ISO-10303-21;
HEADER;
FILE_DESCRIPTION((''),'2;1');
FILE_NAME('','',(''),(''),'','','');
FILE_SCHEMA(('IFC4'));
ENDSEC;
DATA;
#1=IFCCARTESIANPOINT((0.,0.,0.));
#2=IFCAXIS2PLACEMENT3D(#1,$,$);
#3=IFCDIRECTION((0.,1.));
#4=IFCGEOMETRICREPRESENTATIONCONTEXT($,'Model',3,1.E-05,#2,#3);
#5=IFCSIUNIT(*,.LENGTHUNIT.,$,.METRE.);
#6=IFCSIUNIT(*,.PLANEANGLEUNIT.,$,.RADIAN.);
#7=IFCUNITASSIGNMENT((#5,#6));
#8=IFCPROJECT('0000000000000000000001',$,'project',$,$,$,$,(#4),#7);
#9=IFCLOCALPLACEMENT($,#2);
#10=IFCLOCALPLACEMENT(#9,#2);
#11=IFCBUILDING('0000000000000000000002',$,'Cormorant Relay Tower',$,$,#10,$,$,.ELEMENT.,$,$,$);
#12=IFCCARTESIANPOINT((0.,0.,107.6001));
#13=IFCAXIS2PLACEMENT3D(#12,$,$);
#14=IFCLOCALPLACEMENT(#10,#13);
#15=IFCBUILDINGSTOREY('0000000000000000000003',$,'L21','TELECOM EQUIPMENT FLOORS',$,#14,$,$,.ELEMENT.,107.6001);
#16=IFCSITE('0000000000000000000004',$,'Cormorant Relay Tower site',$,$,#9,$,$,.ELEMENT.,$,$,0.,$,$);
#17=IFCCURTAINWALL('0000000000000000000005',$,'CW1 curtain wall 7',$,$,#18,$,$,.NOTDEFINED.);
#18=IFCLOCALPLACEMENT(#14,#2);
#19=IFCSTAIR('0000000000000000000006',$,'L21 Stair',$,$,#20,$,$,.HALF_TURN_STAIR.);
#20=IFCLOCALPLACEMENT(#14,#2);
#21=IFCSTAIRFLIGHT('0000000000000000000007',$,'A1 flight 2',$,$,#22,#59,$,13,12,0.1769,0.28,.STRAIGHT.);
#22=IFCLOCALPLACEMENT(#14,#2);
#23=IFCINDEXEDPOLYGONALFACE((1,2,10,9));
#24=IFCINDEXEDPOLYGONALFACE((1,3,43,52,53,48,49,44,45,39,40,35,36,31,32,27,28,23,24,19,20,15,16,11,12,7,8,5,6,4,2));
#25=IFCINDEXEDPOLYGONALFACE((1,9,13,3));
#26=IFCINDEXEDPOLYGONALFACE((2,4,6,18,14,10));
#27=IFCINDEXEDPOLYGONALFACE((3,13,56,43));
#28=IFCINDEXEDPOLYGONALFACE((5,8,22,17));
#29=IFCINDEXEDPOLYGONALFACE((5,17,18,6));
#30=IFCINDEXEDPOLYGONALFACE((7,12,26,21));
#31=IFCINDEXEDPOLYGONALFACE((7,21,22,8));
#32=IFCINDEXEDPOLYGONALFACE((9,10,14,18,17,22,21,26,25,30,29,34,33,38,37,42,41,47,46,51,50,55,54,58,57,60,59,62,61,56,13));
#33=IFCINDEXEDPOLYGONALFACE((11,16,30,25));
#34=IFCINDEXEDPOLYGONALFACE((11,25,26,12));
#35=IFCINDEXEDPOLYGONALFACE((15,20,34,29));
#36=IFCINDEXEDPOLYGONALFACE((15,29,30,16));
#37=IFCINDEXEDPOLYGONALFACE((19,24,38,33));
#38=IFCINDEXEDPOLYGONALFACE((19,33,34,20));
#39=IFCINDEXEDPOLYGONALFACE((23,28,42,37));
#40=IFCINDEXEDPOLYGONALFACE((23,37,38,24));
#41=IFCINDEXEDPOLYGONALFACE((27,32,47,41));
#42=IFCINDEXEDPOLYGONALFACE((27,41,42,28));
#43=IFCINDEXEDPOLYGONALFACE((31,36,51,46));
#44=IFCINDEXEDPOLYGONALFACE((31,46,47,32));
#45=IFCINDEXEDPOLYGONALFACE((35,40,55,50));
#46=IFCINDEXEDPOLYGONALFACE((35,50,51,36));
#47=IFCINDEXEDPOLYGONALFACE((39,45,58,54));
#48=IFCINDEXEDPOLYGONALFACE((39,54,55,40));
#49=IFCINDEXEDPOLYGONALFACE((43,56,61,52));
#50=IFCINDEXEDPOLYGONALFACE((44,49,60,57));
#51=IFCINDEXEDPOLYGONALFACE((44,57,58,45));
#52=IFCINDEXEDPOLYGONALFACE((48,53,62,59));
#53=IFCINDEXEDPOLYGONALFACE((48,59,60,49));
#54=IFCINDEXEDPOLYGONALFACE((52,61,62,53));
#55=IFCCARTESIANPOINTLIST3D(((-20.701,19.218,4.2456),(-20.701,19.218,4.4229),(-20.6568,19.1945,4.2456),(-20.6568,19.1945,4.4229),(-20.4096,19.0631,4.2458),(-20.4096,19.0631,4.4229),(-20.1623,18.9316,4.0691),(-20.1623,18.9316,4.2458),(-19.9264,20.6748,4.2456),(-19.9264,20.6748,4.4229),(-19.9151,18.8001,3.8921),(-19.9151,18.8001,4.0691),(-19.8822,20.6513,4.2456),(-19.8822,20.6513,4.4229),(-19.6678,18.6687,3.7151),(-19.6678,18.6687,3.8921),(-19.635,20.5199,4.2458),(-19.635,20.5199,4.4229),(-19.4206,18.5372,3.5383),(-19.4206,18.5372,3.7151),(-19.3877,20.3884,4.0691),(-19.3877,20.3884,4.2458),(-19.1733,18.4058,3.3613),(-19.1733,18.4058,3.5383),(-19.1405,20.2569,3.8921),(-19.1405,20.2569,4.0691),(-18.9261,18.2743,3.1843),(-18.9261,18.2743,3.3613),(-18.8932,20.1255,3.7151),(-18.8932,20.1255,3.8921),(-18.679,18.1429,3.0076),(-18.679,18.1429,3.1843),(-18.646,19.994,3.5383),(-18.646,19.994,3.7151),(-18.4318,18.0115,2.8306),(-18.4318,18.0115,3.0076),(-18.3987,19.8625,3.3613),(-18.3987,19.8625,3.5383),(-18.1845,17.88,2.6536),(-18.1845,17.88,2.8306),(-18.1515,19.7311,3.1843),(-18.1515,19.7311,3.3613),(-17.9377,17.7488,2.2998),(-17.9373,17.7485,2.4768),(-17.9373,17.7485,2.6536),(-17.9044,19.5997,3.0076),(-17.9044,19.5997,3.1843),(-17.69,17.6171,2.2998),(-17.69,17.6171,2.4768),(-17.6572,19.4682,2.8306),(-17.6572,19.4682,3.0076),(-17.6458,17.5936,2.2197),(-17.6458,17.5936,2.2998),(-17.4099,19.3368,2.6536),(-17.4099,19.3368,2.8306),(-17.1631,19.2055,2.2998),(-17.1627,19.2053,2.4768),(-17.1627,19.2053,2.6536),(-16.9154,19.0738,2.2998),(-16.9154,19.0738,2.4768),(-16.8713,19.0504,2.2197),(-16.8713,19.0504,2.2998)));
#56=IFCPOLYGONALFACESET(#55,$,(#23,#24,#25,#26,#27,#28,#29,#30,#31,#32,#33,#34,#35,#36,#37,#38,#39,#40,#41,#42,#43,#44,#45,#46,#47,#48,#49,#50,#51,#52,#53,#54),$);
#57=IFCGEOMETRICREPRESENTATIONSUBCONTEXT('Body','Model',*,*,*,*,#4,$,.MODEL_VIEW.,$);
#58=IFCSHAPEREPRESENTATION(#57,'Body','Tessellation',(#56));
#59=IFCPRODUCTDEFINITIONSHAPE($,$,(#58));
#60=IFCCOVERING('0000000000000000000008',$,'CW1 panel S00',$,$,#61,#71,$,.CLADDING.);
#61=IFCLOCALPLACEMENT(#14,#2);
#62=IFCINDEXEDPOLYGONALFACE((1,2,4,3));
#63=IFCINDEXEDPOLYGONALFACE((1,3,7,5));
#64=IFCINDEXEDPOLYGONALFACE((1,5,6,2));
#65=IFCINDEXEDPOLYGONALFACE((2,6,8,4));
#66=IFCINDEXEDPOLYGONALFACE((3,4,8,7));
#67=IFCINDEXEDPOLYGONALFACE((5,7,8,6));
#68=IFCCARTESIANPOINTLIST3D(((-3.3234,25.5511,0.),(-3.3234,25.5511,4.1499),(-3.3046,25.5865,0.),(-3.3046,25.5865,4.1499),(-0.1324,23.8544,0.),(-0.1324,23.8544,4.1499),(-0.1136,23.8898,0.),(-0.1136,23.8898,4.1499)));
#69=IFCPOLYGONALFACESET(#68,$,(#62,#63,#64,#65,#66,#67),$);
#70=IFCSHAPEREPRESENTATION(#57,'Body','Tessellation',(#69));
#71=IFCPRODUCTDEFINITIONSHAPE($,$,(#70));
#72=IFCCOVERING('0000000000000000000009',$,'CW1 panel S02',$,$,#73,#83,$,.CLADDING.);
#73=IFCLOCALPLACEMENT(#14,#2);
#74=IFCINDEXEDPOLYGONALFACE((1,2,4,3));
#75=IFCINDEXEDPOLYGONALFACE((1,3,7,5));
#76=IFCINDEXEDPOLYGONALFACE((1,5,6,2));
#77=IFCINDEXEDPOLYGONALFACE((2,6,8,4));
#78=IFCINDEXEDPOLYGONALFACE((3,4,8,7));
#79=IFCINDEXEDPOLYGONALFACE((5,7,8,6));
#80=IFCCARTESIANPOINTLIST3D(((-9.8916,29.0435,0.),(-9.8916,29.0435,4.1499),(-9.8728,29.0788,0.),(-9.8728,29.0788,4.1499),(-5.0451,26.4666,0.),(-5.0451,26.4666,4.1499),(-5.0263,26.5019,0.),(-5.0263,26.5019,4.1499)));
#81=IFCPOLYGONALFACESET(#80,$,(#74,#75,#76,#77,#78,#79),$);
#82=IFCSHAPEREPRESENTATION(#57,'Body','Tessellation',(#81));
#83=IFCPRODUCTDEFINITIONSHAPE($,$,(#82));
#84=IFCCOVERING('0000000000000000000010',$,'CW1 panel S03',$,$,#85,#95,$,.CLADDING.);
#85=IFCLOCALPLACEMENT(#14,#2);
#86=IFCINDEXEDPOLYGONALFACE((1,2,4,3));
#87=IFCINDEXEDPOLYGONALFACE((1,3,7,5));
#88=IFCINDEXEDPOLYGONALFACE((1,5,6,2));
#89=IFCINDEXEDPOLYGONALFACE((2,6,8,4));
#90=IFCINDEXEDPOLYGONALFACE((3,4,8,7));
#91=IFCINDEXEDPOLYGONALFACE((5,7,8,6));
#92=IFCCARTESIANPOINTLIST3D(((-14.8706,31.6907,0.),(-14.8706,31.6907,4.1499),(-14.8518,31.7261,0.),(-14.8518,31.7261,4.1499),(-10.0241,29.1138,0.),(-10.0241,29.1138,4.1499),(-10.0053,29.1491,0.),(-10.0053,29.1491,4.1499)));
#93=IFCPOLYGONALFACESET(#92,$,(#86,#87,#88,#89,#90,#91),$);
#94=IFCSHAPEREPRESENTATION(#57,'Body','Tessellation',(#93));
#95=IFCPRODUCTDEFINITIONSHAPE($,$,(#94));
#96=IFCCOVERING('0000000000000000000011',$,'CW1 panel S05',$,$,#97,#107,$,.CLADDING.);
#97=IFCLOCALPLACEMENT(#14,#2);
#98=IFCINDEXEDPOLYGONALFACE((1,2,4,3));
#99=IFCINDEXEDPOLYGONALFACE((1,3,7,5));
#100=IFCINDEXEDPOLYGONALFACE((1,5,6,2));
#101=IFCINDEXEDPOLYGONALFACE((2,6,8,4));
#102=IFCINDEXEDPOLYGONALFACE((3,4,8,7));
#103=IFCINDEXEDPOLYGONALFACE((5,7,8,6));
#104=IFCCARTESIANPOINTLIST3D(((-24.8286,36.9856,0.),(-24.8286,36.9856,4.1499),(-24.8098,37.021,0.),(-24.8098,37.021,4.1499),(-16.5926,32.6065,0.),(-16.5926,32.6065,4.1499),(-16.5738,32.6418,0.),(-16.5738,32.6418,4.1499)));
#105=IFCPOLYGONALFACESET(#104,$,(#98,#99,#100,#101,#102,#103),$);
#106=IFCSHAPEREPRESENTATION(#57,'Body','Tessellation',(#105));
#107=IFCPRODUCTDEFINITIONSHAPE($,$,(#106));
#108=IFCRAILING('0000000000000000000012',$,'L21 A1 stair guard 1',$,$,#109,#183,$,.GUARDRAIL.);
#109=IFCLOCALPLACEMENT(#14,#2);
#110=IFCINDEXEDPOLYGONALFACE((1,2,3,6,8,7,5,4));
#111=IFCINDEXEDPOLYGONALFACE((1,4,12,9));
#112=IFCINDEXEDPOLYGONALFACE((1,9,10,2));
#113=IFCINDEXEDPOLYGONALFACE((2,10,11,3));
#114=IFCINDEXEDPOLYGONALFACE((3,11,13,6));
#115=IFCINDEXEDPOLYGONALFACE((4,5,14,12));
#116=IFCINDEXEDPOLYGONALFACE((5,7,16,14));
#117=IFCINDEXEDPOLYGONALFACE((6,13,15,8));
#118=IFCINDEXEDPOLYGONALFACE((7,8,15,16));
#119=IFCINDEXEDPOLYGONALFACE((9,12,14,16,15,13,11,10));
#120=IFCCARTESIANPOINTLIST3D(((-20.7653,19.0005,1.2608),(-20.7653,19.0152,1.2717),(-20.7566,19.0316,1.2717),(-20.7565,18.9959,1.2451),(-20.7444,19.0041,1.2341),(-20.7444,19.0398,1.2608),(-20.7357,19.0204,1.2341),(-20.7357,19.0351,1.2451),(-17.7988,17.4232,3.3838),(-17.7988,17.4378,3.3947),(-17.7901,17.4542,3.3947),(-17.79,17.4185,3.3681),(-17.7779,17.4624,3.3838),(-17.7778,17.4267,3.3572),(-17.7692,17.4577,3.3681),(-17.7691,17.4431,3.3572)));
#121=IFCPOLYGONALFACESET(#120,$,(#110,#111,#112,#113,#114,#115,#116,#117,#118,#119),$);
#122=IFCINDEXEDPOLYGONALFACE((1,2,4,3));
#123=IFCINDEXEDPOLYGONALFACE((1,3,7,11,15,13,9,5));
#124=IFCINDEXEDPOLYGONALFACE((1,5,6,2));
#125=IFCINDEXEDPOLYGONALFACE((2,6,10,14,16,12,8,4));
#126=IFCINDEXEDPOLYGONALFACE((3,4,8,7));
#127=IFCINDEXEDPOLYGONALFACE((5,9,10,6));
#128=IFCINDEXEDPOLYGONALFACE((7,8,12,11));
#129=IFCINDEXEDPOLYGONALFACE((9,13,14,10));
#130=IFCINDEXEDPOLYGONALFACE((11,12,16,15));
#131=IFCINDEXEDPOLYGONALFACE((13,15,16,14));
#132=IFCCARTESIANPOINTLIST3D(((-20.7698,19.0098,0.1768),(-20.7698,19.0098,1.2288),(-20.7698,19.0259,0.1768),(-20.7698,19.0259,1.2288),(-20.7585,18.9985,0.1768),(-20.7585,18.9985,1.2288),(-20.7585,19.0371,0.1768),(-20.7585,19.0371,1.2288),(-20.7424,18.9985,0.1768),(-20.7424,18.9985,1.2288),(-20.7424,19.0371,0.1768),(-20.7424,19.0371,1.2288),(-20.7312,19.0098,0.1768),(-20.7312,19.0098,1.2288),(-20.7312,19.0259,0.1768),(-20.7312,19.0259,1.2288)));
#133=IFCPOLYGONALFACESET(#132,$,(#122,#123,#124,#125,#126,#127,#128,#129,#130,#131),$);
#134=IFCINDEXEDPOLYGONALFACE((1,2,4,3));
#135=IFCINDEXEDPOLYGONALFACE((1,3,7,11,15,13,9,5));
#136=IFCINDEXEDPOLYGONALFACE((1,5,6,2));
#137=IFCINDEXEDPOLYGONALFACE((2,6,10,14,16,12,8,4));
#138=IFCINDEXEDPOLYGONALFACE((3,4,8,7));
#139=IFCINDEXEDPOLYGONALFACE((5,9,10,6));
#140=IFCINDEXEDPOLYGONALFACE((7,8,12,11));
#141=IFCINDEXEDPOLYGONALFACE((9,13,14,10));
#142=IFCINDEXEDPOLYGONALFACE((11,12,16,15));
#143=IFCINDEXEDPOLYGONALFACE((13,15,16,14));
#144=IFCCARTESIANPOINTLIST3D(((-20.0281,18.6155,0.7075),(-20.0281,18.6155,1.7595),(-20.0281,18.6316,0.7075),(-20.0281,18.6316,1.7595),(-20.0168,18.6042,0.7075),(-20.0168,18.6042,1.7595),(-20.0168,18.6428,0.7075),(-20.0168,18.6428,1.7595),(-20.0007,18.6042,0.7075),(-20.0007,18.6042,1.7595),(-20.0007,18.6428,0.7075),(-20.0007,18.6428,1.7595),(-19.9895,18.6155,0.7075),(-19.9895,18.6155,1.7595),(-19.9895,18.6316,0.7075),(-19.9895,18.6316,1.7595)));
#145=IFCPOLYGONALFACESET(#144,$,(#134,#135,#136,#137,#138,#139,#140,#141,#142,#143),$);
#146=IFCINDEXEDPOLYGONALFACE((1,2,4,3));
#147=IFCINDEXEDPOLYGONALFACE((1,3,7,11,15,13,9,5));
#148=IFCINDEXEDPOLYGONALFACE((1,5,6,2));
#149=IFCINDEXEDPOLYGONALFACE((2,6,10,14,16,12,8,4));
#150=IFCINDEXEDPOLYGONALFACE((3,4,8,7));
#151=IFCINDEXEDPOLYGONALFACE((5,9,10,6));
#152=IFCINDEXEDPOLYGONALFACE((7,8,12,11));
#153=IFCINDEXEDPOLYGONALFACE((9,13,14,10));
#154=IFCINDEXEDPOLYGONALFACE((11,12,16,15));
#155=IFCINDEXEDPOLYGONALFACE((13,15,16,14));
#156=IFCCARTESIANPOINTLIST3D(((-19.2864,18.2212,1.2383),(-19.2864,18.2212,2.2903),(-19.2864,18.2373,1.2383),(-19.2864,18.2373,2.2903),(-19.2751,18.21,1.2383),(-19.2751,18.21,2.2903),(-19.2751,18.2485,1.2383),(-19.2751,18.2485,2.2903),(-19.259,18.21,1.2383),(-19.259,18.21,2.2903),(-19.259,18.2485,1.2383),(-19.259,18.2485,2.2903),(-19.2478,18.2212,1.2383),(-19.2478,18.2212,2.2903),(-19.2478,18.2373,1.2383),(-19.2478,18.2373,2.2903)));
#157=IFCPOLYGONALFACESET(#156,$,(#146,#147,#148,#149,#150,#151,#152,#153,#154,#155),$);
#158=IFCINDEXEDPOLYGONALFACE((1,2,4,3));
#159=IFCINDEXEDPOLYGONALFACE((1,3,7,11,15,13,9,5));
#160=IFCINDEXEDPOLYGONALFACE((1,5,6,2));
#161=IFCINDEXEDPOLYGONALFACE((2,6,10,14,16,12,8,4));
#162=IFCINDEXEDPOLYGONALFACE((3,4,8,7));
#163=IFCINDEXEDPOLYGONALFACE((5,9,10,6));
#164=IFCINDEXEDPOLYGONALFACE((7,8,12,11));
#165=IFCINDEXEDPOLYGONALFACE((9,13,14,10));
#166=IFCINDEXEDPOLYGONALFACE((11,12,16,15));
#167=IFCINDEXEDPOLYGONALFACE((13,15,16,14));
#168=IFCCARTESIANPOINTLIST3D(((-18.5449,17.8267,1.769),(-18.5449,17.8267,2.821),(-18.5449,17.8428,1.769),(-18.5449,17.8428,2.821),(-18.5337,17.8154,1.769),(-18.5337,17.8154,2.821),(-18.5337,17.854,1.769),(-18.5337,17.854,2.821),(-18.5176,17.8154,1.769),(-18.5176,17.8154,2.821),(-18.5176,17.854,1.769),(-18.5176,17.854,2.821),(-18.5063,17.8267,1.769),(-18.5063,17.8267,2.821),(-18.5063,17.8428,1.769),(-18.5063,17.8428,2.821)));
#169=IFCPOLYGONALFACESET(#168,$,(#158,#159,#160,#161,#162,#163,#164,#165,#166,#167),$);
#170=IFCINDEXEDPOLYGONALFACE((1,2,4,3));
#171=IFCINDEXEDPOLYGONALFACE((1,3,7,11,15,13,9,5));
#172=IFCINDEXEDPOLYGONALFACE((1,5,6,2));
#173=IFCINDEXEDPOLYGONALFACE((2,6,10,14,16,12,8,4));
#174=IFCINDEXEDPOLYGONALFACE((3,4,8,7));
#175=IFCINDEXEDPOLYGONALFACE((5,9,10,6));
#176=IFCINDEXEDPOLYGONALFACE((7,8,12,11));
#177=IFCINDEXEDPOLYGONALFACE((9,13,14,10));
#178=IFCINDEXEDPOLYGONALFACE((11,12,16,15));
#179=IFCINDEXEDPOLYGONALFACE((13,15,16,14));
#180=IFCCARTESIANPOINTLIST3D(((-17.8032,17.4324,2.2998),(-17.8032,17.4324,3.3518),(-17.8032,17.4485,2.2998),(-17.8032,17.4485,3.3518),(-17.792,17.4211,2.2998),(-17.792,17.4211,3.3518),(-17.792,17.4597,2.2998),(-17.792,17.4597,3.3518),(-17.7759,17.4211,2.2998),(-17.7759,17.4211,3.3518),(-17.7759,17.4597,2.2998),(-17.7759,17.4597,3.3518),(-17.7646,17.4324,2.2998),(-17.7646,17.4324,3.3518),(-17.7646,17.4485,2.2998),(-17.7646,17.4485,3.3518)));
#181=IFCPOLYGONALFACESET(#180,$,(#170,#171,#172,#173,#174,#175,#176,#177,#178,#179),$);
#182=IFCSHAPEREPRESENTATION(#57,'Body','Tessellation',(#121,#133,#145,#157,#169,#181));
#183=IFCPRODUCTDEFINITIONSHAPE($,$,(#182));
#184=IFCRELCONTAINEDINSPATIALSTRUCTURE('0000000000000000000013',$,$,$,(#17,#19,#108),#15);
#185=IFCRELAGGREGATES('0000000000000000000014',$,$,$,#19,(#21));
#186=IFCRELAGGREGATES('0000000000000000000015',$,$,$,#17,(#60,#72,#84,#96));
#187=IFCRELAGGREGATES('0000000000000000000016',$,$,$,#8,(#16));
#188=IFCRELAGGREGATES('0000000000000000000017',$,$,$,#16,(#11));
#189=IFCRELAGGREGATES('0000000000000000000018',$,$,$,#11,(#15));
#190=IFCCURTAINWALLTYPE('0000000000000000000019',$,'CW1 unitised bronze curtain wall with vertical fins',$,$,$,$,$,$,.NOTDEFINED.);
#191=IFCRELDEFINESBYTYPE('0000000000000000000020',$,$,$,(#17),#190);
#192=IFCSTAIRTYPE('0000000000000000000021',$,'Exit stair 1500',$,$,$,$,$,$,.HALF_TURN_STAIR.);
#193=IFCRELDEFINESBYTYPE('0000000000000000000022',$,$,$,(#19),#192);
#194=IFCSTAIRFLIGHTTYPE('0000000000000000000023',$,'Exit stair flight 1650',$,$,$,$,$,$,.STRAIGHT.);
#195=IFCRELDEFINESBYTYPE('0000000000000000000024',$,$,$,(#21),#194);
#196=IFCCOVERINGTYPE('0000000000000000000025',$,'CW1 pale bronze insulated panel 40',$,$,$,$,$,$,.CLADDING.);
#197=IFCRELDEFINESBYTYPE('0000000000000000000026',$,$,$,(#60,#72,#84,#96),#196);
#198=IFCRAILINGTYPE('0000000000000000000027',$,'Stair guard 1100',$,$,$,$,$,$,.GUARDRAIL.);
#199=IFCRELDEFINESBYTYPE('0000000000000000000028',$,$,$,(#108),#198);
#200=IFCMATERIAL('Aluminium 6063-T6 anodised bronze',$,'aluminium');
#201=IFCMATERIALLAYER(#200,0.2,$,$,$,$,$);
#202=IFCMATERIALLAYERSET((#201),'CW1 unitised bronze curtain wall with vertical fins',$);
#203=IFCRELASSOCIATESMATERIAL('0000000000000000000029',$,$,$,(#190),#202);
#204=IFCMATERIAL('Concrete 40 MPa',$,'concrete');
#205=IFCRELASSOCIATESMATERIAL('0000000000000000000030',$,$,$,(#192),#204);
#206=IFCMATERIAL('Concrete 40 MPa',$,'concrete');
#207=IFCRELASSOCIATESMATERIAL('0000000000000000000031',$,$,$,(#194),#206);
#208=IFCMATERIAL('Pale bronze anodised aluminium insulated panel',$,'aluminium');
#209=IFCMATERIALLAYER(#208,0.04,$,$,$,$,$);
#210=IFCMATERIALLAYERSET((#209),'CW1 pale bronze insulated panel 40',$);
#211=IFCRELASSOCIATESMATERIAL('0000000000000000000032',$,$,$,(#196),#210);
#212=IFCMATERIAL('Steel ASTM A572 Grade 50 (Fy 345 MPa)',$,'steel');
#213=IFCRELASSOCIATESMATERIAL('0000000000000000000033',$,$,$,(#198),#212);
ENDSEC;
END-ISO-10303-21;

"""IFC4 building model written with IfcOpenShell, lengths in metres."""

from ifc_helpers import new_model, si_unit, direction, frame, origin, origin_2d, place, context, subcontext, project, spatial, polyline, rectangle, outline, extrude, material, layer, layer_set, type_object, element, aggregate, save


model = new_model("IFC4")

# Units and contexts
model_context = context("Model", 3, precision=1e-05, world=origin(), true_north=direction((0.0, 1.0)))
body_context = subcontext(model_context, "Body", "Model", "MODEL_VIEW")
ifc_project = project(units=[si_unit("LENGTHUNIT", "METRE"), si_unit("PLANEANGLEUNIT", "RADIAN")], contexts=[model_context])

# Site, building, storey
site_placement = place(None, origin())
site = spatial("IfcSite", under=ifc_project, at=site_placement, Name="Cormorant Relay Tower site", CompositionType="ELEMENT", RefElevation=0.0)
building_placement = place(site_placement, origin())
building = spatial("IfcBuilding", under=site, at=building_placement, Name="Cormorant Relay Tower", CompositionType="ELEMENT")
storey_placement = place(building_placement, frame((0.0, 0.0, 107.6001)))
storey = spatial("IfcBuildingStorey", under=building, at=storey_placement, Name="L21", Description="TELECOM EQUIPMENT FLOORS", CompositionType="ELEMENT", Elevation=107.6001)

# Curtain wall
ifc_material_1 = material(Name="Aluminium 6063-T6 anodised bronze", Category="aluminium")
ifc_layer_1 = layer(ifc_material_1, 0.2)
ifc_layer_set_1 = layer_set([ifc_layer_1], Name="CW1 unitised bronze curtain wall with vertical fins")
curtain_wall_type = type_object("IfcCurtainWallType", Name="CW1 unitised bronze curtain wall with vertical fins", PredefinedType="NOTDEFINED", material=ifc_layer_set_1)
curtain_wall_placement = place(storey_placement, origin())
curtain_wall = element("IfcCurtainWall", 1, at=curtain_wall_placement, inside=storey, type_object=curtain_wall_type, Name="CW1 curtain wall 7", PredefinedType="NOTDEFINED")

# Stair, stair flight
ifc_material_2 = material(Name="Concrete 40 MPa", Category="concrete")
stair_type = type_object("IfcStairType", Name="Exit stair 1500", PredefinedType="HALF_TURN_STAIR", material=ifc_material_2)
stair_placement = place(storey_placement, origin())
stair = element("IfcStair", 2, at=stair_placement, inside=storey, type_object=stair_type, Name="L21 Stair", PredefinedType="HALF_TURN_STAIR")
ifc_material_3 = material(Name="Concrete 40 MPa", Category="concrete")
stair_flight_type = type_object("IfcStairFlightType", Name="Exit stair flight 1650", PredefinedType="STRAIGHT", material=ifc_material_3)
stair_flight_placement = place(storey_placement, frame((-17.3027, 18.3455, 2.2998), z_axis=(0.0, 0.0, 1.0), x_axis=(-0.882948, 0.469472, 0.0)))
stair_flight = element("IfcStairFlight", 3, at=stair_flight_placement, type_object=stair_flight_type, Name="A1 flight 2", NumberOfRisers=13, NumberOfTreads=12, PredefinedType="STRAIGHT", RiserHeight=0.1769, TreadLength=0.28, context=body_context, shape_type="SweptSolid", body=[
    extrude(outline(polyline([(-0.05, -0.0801), (-0.05, 0.0), (0.0, 0.0), (0.0, 0.177), (0.28, 0.177), (0.28, 0.3538), (0.5601, 0.3538), (0.5601, 0.5308), (0.8401, 0.5308), (0.8401, 0.7078), (1.1201, 0.7078), (1.1201, 0.8845), (1.3999, 0.8845), (1.3999, 1.0615), (1.6799, 1.0615), (1.6799, 1.2385), (1.96, 1.2385), (1.96, 1.4153), (2.24, 1.4153), (2.24, 1.5923), (2.52, 1.5923), (2.52, 1.7693), (2.8, 1.7693), (2.8, 1.946), (3.0801, 1.946), (3.0801, 2.123), (3.3601, 2.123), (3.4102, 2.123), (3.4102, 1.9458), (3.3601, 1.9458), (0.2805, 0.0), (-0.05, -0.0801)])), frame((0.0, 0.825, 0.0), z_axis=(0.0, -1.0, 0.0), x_axis=(1.0, 0.0, 0.0)), (0.0, 0.0, 1.0), 1.6499),
])
aggregate(stair, [stair_flight])

# Coverings
ifc_material_4 = material(Name="Pale bronze anodised aluminium insulated panel", Category="aluminium")
ifc_layer_2 = layer(ifc_material_4, 0.04)
ifc_layer_set_2 = layer_set([ifc_layer_2], Name="CW1 pale bronze insulated panel 40")
covering_type = type_object("IfcCoveringType", Name="CW1 pale bronze insulated panel 40", PredefinedType="CLADDING", material=ifc_layer_set_2)
covering_1_placement = place(storey_placement, frame((-1.7185, 24.7205, 0.0), z_axis=(0.0, 0.0, 1.0), x_axis=(-0.882948, 0.469472, 0.0)))
covering_1 = element("IfcCovering", 4, at=covering_1_placement, type_object=covering_type, Name="CW1 panel S00", PredefinedType="CLADDING", context=body_context, shape_type="SweptSolid", body=[
    extrude(rectangle(XDim=3.614, YDim=0.04, at=origin_2d()), origin(), (0.0, 0.0, 1.0), 4.1499),
])
covering_2_placement = place(storey_placement, frame((-7.459, 27.7727, 0.0), z_axis=(0.0, 0.0, 1.0), x_axis=(-0.882948, 0.469472, 0.0)))
covering_2 = element("IfcCovering", 5, at=covering_2_placement, type_object=covering_type, Name="CW1 panel S02", PredefinedType="CLADDING", context=body_context, shape_type="SweptSolid", body=[
    extrude(rectangle(XDim=5.489, YDim=0.04, at=origin_2d()), origin(), (0.0, 0.0, 1.0), 4.1499),
])
covering_3_placement = place(storey_placement, frame((-12.438, 30.4199, 0.0), z_axis=(0.0, 0.0, 1.0), x_axis=(-0.882948, 0.469472, 0.0)))
covering_3 = element("IfcCovering", 6, at=covering_3_placement, type_object=covering_type, Name="CW1 panel S03", PredefinedType="CLADDING", context=body_context, shape_type="SweptSolid", body=[
    extrude(rectangle(XDim=5.489, YDim=0.04, at=origin_2d()), origin(), (0.0, 0.0, 1.0), 4.1499),
])
covering_4_placement = place(storey_placement, frame((-20.7012, 34.8137, 0.0), z_axis=(0.0, 0.0, 1.0), x_axis=(-0.882948, 0.469472, 0.0)))
covering_4 = element("IfcCovering", 7, at=covering_4_placement, type_object=covering_type, Name="CW1 panel S05", PredefinedType="CLADDING", context=body_context, shape_type="SweptSolid", body=[
    extrude(rectangle(XDim=9.3279, YDim=0.04, at=origin_2d()), origin(), (0.0, 0.0, 1.0), 4.1499),
])
aggregate(curtain_wall, [covering_1, covering_2, covering_3, covering_4])

# Railing
ifc_material_5 = material(Name="Steel ASTM A572 Grade 50 (Fy 345 MPa)", Category="steel")
railing_type_1 = type_object("IfcRailingType", Name="Stair guard 1100", PredefinedType="GUARDRAIL", material=ifc_material_5)
railing_1_placement = place(storey_placement, frame((-20.7505, 19.0178, 0.1768)))
element("IfcRailing", 8, at=railing_1_placement, inside=storey, type_object=railing_type_1, Name="L21 A1 stair guard 1", PredefinedType="GUARDRAIL", context=body_context, shape_type="SweptSolid", body=[
    extrude(outline(polyline([(0.0222, 0.0093), (0.0093, 0.0222), (-0.0093, 0.0222), (-0.0222, 0.0093), (-0.0222, -0.0093), (-0.0093, -0.0222), (0.0093, -0.0222), (0.0222, -0.0093), (0.0222, 0.0093)])), frame((0.0, 0.0, 1.0762), z_axis=(0.746413, -0.396887, 0.534179), x_axis=(0.469483, 0.882942, 0.0)), (0.0, 0.0, 1.0), 3.9744),
    extrude(outline(polyline([(0.0193, 0.0081), (0.0081, 0.0193), (-0.0081, 0.0193), (-0.0193, 0.0081), (-0.0193, -0.0081), (-0.0081, -0.0193), (0.0081, -0.0193), (0.0193, -0.0081), (0.0193, 0.0081)])), origin(), (0.0, 0.0, 1.0), 1.052),
    extrude(outline(polyline([(0.0193, 0.0081), (0.0081, 0.0193), (-0.0081, 0.0193), (-0.0193, 0.0081), (-0.0193, -0.0081), (-0.0081, -0.0193), (0.0081, -0.0193), (0.0193, -0.0081), (0.0193, 0.0081)])), frame((0.7417, -0.3943, 0.5308)), (0.0, 0.0, 1.0), 1.052),
    extrude(outline(polyline([(0.0193, 0.0081), (0.0081, 0.0193), (-0.0081, 0.0193), (-0.0193, 0.0081), (-0.0193, -0.0081), (-0.0081, -0.0193), (0.0081, -0.0193), (0.0193, -0.0081), (0.0193, 0.0081)])), frame((1.4834, -0.7886, 1.0615)), (0.0, 0.0, 1.0), 1.052),
    extrude(outline(polyline([(0.0193, 0.0081), (0.0081, 0.0193), (-0.0081, 0.0193), (-0.0193, 0.0081), (-0.0193, -0.0081), (-0.0081, -0.0193), (0.0081, -0.0193), (0.0193, -0.0081), (0.0193, 0.0081)])), frame((2.2249, -1.1831, 1.5923)), (0.0, 0.0, 1.0), 1.052),
    extrude(outline(polyline([(0.0193, 0.0081), (0.0081, 0.0193), (-0.0081, 0.0193), (-0.0193, 0.0081), (-0.0193, -0.0081), (-0.0081, -0.0193), (0.0081, -0.0193), (0.0193, -0.0081), (0.0193, 0.0081)])), frame((2.9666, -1.5774, 2.123)), (0.0, 0.0, 1.0), 1.052),
])

save(model, "model.ifc")
